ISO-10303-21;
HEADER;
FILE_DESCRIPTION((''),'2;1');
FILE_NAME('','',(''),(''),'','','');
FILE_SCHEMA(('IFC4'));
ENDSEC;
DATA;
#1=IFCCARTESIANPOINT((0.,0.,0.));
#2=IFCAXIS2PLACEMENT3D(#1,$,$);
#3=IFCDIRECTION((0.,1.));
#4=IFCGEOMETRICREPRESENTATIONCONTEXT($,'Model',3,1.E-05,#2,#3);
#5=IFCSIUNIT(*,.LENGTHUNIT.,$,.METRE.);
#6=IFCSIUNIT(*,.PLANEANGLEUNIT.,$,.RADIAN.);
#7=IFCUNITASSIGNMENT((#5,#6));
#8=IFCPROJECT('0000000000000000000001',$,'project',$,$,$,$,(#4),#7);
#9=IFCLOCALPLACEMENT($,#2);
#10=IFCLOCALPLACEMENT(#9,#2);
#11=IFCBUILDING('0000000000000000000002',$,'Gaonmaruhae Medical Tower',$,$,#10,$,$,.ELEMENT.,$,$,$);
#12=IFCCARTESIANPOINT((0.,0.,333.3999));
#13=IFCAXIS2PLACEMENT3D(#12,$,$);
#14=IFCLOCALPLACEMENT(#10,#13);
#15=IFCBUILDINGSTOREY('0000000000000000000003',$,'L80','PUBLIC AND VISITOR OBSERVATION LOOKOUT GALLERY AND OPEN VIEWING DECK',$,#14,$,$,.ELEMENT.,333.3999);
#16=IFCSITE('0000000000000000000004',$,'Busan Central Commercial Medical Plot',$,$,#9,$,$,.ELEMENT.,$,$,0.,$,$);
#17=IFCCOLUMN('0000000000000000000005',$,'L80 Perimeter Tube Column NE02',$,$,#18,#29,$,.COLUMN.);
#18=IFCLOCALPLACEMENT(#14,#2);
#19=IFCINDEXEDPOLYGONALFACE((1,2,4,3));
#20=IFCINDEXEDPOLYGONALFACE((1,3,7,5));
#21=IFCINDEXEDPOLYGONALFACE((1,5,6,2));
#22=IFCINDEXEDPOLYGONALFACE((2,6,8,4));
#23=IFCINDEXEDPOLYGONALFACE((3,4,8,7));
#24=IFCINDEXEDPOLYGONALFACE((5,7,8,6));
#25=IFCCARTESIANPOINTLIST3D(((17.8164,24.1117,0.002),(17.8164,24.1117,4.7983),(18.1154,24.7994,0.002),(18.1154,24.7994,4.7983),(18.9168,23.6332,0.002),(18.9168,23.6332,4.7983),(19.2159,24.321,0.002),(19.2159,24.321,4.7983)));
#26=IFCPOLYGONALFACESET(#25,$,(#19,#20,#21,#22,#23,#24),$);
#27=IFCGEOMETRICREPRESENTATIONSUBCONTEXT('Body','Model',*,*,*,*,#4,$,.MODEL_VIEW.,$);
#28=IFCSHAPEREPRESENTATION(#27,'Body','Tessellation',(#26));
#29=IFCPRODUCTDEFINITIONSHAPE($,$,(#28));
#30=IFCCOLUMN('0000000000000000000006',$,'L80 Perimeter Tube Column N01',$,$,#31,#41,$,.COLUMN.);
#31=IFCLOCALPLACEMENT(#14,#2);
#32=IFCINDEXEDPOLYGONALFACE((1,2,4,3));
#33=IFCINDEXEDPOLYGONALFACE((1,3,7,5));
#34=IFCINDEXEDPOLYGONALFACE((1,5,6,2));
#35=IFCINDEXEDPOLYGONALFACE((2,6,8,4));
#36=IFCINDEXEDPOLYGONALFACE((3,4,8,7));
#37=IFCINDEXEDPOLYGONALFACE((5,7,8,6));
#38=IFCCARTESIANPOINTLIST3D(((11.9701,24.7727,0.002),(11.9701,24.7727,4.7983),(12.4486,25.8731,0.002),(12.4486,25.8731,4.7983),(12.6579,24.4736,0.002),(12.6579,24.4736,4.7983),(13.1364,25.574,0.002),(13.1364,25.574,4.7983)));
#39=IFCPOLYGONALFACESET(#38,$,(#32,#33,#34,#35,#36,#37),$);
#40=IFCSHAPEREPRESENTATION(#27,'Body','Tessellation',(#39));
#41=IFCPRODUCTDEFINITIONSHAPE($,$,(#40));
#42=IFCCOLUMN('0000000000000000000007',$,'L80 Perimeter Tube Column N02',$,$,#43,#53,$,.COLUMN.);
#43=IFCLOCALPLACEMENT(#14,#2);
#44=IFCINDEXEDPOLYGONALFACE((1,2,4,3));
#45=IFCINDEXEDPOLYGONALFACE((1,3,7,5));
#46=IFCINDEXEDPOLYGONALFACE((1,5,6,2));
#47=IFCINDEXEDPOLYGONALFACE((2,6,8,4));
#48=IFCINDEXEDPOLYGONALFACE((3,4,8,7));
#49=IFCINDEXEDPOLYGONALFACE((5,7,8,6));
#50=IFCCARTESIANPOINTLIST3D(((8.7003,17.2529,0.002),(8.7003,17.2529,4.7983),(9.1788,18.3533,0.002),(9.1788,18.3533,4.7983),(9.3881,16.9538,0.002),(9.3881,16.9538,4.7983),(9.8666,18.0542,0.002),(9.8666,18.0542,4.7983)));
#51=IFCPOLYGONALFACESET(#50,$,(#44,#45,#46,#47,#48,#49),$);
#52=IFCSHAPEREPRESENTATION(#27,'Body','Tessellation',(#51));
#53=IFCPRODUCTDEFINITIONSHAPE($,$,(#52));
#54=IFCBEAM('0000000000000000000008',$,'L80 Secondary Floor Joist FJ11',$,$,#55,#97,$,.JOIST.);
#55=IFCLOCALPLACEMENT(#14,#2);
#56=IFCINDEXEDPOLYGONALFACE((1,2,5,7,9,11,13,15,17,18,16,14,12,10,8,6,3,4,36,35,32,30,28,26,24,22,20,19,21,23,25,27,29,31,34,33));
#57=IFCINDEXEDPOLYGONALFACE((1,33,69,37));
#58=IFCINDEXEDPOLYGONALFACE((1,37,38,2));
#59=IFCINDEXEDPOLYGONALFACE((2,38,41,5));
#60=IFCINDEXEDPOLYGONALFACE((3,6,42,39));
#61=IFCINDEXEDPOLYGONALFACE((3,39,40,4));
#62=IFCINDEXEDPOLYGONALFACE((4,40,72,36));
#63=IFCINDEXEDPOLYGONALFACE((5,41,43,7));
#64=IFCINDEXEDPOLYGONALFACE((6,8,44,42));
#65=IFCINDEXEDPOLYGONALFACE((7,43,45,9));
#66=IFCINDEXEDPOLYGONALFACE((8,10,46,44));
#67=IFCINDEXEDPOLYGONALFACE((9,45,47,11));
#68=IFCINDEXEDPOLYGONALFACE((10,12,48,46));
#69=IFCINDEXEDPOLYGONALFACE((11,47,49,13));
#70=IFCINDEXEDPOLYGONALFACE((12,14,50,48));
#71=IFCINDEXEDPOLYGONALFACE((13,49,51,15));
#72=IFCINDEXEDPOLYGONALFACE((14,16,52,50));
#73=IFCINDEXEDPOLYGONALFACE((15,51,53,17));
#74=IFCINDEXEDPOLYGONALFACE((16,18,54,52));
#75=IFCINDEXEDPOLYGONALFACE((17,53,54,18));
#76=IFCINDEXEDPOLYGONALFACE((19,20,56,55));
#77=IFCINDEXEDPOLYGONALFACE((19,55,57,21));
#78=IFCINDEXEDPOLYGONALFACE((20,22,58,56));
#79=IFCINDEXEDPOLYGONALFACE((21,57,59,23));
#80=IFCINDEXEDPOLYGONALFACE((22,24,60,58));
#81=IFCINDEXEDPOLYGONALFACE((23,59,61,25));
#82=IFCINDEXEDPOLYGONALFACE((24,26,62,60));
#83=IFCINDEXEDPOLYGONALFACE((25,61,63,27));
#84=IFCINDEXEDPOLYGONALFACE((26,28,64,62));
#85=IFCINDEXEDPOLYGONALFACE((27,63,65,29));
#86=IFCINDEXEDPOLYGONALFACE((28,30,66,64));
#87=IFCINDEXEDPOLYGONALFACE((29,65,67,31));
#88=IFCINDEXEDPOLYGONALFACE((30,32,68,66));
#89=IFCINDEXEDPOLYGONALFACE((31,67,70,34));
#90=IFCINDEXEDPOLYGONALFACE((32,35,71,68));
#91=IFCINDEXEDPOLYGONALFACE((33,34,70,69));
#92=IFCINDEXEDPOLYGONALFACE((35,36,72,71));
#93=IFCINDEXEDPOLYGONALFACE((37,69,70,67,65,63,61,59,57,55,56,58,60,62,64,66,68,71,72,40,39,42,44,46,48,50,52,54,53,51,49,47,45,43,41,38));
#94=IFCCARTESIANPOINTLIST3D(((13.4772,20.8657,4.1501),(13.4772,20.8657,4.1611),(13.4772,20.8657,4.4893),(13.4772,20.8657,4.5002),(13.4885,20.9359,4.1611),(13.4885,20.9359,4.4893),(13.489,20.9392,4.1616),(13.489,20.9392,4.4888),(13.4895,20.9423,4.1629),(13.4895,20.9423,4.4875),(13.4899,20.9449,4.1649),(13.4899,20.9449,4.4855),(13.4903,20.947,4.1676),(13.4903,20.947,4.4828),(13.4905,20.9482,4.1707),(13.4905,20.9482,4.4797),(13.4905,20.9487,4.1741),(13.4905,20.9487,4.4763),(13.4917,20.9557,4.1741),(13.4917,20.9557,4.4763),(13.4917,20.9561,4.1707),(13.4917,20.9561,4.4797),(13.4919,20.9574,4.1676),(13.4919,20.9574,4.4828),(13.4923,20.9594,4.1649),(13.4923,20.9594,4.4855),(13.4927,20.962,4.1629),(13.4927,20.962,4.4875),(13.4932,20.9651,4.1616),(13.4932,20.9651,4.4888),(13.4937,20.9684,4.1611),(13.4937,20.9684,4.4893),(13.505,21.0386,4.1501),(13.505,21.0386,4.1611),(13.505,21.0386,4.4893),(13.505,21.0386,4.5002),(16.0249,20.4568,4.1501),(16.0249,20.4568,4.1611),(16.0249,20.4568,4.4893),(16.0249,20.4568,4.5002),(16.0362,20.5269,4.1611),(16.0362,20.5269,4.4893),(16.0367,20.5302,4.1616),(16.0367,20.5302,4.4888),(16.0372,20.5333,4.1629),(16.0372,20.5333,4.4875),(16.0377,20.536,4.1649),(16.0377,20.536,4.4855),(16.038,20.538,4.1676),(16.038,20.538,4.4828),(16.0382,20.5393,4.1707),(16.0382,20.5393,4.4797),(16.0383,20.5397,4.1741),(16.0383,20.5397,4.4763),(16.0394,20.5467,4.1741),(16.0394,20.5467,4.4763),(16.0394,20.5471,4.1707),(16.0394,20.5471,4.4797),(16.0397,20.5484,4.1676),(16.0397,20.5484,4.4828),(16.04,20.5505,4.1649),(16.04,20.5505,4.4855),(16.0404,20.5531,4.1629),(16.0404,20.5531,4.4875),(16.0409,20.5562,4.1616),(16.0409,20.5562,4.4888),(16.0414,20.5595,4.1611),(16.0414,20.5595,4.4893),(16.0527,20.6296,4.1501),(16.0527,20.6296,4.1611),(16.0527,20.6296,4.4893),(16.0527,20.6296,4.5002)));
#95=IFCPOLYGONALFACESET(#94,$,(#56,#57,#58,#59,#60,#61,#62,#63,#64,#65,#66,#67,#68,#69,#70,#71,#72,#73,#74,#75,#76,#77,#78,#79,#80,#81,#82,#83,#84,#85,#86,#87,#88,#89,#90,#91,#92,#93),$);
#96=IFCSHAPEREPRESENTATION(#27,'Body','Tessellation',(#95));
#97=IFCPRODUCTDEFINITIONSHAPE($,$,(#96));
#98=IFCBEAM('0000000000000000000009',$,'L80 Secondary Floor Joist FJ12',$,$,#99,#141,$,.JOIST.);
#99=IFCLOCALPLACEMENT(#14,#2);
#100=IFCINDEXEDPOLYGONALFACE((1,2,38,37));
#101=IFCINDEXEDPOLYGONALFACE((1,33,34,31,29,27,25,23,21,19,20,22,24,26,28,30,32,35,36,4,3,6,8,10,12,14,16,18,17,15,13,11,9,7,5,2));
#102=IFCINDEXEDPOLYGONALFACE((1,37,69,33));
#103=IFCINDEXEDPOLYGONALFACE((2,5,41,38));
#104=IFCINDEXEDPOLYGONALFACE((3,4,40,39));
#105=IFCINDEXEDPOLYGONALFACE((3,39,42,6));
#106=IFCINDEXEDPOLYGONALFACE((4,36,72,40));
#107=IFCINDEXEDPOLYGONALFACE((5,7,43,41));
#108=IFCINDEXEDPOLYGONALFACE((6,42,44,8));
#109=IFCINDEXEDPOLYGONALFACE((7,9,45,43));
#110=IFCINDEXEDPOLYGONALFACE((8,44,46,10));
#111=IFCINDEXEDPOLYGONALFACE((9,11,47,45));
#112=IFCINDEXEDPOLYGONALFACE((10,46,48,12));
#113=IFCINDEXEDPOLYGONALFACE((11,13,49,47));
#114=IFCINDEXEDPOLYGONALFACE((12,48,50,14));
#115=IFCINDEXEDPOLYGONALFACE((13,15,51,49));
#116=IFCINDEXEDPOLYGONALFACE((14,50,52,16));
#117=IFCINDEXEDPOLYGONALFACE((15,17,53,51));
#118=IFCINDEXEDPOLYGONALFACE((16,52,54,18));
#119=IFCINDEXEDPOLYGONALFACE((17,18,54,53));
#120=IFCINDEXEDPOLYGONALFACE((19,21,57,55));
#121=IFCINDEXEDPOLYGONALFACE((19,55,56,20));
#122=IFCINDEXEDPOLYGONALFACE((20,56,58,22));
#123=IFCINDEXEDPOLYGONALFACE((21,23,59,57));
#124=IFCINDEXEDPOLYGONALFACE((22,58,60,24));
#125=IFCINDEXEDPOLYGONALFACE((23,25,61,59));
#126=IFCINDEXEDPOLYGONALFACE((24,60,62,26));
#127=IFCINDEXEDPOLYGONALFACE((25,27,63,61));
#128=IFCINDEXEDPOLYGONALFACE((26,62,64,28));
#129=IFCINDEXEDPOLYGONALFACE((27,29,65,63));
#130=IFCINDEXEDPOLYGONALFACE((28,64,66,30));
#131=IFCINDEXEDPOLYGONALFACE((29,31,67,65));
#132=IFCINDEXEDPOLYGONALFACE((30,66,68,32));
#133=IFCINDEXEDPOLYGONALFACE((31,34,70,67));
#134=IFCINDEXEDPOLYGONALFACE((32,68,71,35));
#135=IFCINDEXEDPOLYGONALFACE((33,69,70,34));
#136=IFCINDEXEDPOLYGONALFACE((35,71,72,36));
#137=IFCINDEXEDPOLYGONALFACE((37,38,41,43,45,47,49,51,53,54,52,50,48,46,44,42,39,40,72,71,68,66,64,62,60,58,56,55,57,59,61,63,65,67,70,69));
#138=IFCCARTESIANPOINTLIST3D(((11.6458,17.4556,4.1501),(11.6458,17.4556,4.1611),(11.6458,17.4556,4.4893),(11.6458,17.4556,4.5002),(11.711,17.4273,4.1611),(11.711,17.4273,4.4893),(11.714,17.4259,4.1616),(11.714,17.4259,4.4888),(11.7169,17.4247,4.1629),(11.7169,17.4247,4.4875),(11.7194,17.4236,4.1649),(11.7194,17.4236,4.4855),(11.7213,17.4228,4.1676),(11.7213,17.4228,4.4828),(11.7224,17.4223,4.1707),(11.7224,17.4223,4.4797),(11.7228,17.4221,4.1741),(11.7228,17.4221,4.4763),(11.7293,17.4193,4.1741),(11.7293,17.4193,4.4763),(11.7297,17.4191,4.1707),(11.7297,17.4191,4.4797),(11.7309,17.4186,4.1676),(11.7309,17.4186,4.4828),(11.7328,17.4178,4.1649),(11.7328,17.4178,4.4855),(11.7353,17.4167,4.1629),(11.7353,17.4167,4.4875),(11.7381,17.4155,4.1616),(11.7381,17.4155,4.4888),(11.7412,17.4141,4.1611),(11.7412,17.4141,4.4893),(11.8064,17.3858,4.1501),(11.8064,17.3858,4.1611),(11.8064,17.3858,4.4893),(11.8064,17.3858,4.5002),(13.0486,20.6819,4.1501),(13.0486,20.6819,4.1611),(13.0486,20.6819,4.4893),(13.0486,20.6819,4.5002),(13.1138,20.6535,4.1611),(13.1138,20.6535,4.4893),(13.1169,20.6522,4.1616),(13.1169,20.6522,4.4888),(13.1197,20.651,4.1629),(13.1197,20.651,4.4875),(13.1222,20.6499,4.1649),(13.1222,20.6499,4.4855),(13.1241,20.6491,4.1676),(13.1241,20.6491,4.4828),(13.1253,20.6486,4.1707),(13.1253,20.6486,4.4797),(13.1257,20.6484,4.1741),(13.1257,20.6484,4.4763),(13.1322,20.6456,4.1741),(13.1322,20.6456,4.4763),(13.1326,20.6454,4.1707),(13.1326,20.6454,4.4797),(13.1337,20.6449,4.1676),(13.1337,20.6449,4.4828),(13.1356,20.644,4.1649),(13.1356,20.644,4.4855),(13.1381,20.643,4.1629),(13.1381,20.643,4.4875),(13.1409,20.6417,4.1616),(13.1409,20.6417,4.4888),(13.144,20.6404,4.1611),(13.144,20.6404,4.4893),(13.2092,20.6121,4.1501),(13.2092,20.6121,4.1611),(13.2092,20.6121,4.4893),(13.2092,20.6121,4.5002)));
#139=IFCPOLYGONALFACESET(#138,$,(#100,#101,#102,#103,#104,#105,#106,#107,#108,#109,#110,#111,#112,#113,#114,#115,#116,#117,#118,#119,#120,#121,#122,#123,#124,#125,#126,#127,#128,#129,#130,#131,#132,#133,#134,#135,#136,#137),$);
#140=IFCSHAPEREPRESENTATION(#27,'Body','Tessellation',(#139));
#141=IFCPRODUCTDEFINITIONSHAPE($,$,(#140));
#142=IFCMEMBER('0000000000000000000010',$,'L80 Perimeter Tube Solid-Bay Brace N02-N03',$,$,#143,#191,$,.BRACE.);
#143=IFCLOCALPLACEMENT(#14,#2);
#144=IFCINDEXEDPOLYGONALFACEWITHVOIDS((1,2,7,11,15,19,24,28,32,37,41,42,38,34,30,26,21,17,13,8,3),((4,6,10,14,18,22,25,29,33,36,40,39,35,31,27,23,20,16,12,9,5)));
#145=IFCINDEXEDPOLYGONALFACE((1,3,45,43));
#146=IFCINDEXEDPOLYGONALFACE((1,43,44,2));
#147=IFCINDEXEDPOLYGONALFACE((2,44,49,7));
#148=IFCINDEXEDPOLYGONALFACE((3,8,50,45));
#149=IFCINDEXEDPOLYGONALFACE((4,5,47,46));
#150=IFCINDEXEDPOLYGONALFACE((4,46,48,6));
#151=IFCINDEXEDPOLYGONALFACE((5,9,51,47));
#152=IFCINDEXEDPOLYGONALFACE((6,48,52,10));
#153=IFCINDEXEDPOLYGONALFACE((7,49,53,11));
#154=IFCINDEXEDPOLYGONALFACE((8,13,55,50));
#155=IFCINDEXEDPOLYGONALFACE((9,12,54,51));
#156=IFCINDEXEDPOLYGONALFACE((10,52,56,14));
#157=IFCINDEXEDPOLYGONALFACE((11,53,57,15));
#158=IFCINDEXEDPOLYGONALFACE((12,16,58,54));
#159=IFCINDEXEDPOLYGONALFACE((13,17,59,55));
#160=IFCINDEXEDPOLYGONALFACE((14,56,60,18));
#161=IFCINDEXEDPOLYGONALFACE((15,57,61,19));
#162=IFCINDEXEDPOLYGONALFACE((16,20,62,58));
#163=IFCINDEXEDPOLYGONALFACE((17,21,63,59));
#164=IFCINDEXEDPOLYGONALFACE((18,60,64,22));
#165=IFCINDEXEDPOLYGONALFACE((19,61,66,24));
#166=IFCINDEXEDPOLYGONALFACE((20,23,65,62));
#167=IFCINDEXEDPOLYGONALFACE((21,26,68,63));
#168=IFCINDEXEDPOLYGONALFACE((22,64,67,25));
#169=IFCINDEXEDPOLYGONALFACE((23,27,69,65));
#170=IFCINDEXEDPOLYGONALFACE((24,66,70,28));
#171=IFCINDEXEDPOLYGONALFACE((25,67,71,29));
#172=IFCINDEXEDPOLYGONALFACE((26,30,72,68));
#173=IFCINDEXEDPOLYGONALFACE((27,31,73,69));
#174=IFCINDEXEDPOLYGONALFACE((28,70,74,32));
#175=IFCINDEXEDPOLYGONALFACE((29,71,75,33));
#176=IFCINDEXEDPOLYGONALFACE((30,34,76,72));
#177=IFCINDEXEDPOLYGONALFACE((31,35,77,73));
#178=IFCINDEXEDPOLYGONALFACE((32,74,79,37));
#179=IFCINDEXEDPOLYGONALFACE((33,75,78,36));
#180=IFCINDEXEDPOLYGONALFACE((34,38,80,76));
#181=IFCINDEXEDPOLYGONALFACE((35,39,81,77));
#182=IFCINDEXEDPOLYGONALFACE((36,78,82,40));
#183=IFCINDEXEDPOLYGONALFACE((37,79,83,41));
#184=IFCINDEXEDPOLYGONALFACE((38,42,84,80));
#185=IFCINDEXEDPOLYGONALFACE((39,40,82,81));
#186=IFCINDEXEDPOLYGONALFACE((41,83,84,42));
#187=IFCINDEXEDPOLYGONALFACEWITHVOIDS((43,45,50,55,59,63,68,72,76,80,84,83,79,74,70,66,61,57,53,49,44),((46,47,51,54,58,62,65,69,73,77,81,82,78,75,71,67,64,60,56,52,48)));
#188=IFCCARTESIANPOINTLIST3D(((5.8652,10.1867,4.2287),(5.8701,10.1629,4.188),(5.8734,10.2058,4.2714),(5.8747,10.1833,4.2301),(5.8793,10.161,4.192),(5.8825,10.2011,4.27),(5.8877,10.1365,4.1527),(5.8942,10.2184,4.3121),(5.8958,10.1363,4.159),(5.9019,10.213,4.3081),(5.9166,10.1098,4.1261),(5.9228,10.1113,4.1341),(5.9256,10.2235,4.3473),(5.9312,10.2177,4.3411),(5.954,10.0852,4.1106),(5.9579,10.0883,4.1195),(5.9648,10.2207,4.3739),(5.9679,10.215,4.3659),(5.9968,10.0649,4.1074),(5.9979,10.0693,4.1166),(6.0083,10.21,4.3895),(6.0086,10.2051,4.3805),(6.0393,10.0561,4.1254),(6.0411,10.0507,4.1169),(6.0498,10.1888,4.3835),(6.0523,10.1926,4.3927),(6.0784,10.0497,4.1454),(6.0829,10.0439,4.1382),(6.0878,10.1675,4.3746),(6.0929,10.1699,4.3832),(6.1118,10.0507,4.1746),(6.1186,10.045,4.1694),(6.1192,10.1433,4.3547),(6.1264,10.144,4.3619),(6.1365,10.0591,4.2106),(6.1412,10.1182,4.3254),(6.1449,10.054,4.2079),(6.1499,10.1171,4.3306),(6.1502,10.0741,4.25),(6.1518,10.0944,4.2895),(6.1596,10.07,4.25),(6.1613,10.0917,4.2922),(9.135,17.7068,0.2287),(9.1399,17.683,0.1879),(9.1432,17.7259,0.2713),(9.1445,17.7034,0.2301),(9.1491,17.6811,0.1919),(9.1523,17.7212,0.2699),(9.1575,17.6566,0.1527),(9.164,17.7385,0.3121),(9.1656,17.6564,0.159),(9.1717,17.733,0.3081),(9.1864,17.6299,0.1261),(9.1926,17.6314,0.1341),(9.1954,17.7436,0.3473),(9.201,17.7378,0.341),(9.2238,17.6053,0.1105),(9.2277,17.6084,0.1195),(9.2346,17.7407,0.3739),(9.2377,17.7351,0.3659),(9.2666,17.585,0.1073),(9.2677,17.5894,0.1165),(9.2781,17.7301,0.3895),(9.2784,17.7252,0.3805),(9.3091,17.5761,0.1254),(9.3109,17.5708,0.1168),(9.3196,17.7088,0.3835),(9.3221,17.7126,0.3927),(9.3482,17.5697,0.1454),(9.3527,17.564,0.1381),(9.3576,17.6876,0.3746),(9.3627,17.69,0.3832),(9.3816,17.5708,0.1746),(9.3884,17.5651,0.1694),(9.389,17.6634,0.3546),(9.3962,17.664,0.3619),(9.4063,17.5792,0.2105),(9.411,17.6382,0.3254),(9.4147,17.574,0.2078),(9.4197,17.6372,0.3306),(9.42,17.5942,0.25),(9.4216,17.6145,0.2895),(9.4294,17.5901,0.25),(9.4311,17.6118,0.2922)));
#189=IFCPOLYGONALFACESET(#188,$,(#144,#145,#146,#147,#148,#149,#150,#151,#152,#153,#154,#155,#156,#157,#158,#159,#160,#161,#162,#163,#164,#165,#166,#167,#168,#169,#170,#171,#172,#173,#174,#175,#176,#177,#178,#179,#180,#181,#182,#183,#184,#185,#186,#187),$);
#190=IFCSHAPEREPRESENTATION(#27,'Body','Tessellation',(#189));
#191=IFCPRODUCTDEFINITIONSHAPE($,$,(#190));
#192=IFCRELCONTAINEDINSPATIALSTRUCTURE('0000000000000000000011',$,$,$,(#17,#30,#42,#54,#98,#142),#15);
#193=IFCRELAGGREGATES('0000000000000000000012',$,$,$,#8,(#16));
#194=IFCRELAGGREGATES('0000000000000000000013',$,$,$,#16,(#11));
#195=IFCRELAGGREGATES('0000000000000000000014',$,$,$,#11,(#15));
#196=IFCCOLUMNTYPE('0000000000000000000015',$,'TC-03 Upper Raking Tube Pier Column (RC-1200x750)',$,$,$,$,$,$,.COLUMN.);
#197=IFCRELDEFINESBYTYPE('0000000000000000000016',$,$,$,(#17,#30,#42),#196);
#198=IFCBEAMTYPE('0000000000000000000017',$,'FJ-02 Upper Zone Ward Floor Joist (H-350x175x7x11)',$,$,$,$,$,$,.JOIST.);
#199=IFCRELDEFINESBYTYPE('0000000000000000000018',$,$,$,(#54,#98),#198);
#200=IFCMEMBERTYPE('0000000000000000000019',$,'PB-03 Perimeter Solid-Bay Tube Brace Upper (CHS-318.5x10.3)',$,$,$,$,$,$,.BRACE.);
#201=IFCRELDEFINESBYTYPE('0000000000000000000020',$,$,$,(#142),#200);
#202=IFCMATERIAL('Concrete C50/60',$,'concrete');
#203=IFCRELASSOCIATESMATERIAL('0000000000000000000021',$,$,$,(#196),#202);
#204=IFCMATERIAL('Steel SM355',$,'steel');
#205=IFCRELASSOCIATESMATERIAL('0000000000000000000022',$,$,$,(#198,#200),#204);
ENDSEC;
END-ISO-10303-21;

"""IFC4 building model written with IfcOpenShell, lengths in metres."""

from ifc_helpers import new_model, si_unit, direction, frame, origin, origin_2d, place, context, subcontext, project, spatial, rectangle, hollow_circle, i_section, extrude, material, material_profile, profile_set, type_object, element, save


model = new_model("IFC4")

# Units and contexts
model_context = context("Model", 3, precision=1e-05, world=origin(), true_north=direction((0.0, 1.0)))
body_context = subcontext(model_context, "Body", "Model", "MODEL_VIEW")
ifc_project = project(units=[si_unit("LENGTHUNIT", "METRE"), si_unit("PLANEANGLEUNIT", "RADIAN")], contexts=[model_context])

# Site, building, storey
site_placement = place(None, origin())
site = spatial("IfcSite", under=ifc_project, at=site_placement, Name="Busan Central Commercial Medical Plot", CompositionType="ELEMENT", RefElevation=0.0)
building_placement = place(site_placement, origin())
building = spatial("IfcBuilding", under=site, at=building_placement, Name="Gaonmaruhae Medical Tower", CompositionType="ELEMENT")
storey_placement = place(building_placement, frame((0.0, 0.0, 333.3999)))
storey = spatial("IfcBuildingStorey", under=building, at=storey_placement, Name="L80", Description="PUBLIC AND VISITOR OBSERVATION LOOKOUT GALLERY AND OPEN VIEWING DECK", CompositionType="ELEMENT", Elevation=333.3999)

# Columns
ifc_material_1 = material(Name="Concrete C50/60", Category="concrete")
ifc_material_profile_1 = material_profile(ifc_material_1, rectangle(XDim=1.2, YDim=0.75, at=origin_2d()), Name="RC-1200x750")
ifc_profile_set_1 = profile_set([ifc_material_profile_1], Name="Concrete C50/60")
column_type = type_object("IfcColumnType", Name="TC-03 Upper Raking Tube Pier Column (RC-1200x750)", PredefinedType="COLUMN", material=ifc_profile_set_1)
for number, where, z_axis, x_axis, name in (
    (1, (18.5161, 24.2163, 0.002), (0.0, 0.0, 1.0), (-0.91706, 0.398749, 0.0), "L80 Perimeter Tube Column NE02"),
    (2, (12.5532, 25.1733, 0.002), (0.0, 0.0, 1.0), (0.398749, 0.91706, 0.0), "L80 Perimeter Tube Column N01"),
    (3, (9.2834, 17.6536, 0.002), (0.0, 0.0, 1.0), (0.398749, 0.91706, 0.0), "L80 Perimeter Tube Column N02"),
):
    element("IfcColumn", number, at=place(storey_placement, frame(where, z_axis=z_axis, x_axis=x_axis)), inside=storey, type_object=column_type, Name=name, PredefinedType="COLUMN", context=body_context, shape_type="SweptSolid", body=[
        extrude(rectangle(XDim=1.2, YDim=0.75, at=origin_2d()), origin(), (0.0, 0.0, 1.0), 4.7964),
    ])

# Beams
ifc_material_2 = material(Name="Steel SM355", Category="steel")
ifc_material_profile_2 = material_profile(ifc_material_2, i_section(OverallWidth=0.175, OverallDepth=0.3501, WebThickness=0.0071, FlangeThickness=0.011, FilletRadius=0.0129, at=origin_2d()), Name="H-350x175x7x11")
ifc_profile_set_2 = profile_set([ifc_material_profile_2], Name="Steel SM355")
beam_type_1 = type_object("IfcBeamType", Name="FJ-02 Upper Zone Ward Floor Joist (H-350x175x7x11)", PredefinedType="JOIST", material=ifc_profile_set_2)
beam_1_placement = place(storey_placement, frame((16.0388, 20.5432, 4.3252), z_axis=(-0.987361, 0.158489, 0.0), x_axis=(-0.158489, -0.987361, 0.0)))
element("IfcBeam", 4, at=beam_1_placement, inside=storey, type_object=beam_type_1, Name="L80 Secondary Floor Joist FJ11", PredefinedType="JOIST", context=body_context, shape_type="SweptSolid", body=[
    extrude(i_section(OverallWidth=0.175, OverallDepth=0.3501, WebThickness=0.0071, FlangeThickness=0.011, FilletRadius=0.0129, at=origin_2d()), origin(), (0.0, 0.0, 1.0), 2.5803),
])
beam_2_placement = place(storey_placement, frame((13.1289, 20.647, 4.3252), z_axis=(-0.398746, -0.917061, 0.0), x_axis=(0.917061, -0.398746, 0.0)))
element("IfcBeam", 5, at=beam_2_placement, inside=storey, type_object=beam_type_1, Name="L80 Secondary Floor Joist FJ12", PredefinedType="JOIST", context=body_context, shape_type="SweptSolid", body=[
    extrude(i_section(OverallWidth=0.175, OverallDepth=0.3501, WebThickness=0.0071, FlangeThickness=0.011, FilletRadius=0.0129, at=origin_2d()), origin(), (0.0, 0.0, 1.0), 3.5181),
])

# Member
ifc_material_profile_3 = material_profile(ifc_material_2, hollow_circle(Radius=0.1592, WallThickness=0.0103, at=origin_2d()), Name="CHS-318.5x10.3")
ifc_profile_set_3 = profile_set([ifc_material_profile_3], Name="Steel SM355")
member_type = type_object("IfcMemberType", Name="PB-03 Perimeter Solid-Bay Tube Brace Upper (CHS-318.5x10.3)", PredefinedType="BRACE", material=ifc_profile_set_3)
member_placement = place(storey_placement, frame((9.2834, 17.6536, 0.25), z_axis=(-0.358382, -0.824228, 0.438418), x_axis=(0.917061, -0.398747, 0.0)))
element("IfcMember", 6, at=member_placement, inside=storey, type_object=member_type, Name="L80 Perimeter Tube Solid-Bay Brace N02-N03", PredefinedType="BRACE", context=body_context, shape_type="SweptSolid", body=[
    extrude(hollow_circle(Radius=0.1592, WallThickness=0.0103, at=origin_2d()), origin(), (0.0, 0.0, 1.0), 9.1238),
])

save(model, "model.ifc")
